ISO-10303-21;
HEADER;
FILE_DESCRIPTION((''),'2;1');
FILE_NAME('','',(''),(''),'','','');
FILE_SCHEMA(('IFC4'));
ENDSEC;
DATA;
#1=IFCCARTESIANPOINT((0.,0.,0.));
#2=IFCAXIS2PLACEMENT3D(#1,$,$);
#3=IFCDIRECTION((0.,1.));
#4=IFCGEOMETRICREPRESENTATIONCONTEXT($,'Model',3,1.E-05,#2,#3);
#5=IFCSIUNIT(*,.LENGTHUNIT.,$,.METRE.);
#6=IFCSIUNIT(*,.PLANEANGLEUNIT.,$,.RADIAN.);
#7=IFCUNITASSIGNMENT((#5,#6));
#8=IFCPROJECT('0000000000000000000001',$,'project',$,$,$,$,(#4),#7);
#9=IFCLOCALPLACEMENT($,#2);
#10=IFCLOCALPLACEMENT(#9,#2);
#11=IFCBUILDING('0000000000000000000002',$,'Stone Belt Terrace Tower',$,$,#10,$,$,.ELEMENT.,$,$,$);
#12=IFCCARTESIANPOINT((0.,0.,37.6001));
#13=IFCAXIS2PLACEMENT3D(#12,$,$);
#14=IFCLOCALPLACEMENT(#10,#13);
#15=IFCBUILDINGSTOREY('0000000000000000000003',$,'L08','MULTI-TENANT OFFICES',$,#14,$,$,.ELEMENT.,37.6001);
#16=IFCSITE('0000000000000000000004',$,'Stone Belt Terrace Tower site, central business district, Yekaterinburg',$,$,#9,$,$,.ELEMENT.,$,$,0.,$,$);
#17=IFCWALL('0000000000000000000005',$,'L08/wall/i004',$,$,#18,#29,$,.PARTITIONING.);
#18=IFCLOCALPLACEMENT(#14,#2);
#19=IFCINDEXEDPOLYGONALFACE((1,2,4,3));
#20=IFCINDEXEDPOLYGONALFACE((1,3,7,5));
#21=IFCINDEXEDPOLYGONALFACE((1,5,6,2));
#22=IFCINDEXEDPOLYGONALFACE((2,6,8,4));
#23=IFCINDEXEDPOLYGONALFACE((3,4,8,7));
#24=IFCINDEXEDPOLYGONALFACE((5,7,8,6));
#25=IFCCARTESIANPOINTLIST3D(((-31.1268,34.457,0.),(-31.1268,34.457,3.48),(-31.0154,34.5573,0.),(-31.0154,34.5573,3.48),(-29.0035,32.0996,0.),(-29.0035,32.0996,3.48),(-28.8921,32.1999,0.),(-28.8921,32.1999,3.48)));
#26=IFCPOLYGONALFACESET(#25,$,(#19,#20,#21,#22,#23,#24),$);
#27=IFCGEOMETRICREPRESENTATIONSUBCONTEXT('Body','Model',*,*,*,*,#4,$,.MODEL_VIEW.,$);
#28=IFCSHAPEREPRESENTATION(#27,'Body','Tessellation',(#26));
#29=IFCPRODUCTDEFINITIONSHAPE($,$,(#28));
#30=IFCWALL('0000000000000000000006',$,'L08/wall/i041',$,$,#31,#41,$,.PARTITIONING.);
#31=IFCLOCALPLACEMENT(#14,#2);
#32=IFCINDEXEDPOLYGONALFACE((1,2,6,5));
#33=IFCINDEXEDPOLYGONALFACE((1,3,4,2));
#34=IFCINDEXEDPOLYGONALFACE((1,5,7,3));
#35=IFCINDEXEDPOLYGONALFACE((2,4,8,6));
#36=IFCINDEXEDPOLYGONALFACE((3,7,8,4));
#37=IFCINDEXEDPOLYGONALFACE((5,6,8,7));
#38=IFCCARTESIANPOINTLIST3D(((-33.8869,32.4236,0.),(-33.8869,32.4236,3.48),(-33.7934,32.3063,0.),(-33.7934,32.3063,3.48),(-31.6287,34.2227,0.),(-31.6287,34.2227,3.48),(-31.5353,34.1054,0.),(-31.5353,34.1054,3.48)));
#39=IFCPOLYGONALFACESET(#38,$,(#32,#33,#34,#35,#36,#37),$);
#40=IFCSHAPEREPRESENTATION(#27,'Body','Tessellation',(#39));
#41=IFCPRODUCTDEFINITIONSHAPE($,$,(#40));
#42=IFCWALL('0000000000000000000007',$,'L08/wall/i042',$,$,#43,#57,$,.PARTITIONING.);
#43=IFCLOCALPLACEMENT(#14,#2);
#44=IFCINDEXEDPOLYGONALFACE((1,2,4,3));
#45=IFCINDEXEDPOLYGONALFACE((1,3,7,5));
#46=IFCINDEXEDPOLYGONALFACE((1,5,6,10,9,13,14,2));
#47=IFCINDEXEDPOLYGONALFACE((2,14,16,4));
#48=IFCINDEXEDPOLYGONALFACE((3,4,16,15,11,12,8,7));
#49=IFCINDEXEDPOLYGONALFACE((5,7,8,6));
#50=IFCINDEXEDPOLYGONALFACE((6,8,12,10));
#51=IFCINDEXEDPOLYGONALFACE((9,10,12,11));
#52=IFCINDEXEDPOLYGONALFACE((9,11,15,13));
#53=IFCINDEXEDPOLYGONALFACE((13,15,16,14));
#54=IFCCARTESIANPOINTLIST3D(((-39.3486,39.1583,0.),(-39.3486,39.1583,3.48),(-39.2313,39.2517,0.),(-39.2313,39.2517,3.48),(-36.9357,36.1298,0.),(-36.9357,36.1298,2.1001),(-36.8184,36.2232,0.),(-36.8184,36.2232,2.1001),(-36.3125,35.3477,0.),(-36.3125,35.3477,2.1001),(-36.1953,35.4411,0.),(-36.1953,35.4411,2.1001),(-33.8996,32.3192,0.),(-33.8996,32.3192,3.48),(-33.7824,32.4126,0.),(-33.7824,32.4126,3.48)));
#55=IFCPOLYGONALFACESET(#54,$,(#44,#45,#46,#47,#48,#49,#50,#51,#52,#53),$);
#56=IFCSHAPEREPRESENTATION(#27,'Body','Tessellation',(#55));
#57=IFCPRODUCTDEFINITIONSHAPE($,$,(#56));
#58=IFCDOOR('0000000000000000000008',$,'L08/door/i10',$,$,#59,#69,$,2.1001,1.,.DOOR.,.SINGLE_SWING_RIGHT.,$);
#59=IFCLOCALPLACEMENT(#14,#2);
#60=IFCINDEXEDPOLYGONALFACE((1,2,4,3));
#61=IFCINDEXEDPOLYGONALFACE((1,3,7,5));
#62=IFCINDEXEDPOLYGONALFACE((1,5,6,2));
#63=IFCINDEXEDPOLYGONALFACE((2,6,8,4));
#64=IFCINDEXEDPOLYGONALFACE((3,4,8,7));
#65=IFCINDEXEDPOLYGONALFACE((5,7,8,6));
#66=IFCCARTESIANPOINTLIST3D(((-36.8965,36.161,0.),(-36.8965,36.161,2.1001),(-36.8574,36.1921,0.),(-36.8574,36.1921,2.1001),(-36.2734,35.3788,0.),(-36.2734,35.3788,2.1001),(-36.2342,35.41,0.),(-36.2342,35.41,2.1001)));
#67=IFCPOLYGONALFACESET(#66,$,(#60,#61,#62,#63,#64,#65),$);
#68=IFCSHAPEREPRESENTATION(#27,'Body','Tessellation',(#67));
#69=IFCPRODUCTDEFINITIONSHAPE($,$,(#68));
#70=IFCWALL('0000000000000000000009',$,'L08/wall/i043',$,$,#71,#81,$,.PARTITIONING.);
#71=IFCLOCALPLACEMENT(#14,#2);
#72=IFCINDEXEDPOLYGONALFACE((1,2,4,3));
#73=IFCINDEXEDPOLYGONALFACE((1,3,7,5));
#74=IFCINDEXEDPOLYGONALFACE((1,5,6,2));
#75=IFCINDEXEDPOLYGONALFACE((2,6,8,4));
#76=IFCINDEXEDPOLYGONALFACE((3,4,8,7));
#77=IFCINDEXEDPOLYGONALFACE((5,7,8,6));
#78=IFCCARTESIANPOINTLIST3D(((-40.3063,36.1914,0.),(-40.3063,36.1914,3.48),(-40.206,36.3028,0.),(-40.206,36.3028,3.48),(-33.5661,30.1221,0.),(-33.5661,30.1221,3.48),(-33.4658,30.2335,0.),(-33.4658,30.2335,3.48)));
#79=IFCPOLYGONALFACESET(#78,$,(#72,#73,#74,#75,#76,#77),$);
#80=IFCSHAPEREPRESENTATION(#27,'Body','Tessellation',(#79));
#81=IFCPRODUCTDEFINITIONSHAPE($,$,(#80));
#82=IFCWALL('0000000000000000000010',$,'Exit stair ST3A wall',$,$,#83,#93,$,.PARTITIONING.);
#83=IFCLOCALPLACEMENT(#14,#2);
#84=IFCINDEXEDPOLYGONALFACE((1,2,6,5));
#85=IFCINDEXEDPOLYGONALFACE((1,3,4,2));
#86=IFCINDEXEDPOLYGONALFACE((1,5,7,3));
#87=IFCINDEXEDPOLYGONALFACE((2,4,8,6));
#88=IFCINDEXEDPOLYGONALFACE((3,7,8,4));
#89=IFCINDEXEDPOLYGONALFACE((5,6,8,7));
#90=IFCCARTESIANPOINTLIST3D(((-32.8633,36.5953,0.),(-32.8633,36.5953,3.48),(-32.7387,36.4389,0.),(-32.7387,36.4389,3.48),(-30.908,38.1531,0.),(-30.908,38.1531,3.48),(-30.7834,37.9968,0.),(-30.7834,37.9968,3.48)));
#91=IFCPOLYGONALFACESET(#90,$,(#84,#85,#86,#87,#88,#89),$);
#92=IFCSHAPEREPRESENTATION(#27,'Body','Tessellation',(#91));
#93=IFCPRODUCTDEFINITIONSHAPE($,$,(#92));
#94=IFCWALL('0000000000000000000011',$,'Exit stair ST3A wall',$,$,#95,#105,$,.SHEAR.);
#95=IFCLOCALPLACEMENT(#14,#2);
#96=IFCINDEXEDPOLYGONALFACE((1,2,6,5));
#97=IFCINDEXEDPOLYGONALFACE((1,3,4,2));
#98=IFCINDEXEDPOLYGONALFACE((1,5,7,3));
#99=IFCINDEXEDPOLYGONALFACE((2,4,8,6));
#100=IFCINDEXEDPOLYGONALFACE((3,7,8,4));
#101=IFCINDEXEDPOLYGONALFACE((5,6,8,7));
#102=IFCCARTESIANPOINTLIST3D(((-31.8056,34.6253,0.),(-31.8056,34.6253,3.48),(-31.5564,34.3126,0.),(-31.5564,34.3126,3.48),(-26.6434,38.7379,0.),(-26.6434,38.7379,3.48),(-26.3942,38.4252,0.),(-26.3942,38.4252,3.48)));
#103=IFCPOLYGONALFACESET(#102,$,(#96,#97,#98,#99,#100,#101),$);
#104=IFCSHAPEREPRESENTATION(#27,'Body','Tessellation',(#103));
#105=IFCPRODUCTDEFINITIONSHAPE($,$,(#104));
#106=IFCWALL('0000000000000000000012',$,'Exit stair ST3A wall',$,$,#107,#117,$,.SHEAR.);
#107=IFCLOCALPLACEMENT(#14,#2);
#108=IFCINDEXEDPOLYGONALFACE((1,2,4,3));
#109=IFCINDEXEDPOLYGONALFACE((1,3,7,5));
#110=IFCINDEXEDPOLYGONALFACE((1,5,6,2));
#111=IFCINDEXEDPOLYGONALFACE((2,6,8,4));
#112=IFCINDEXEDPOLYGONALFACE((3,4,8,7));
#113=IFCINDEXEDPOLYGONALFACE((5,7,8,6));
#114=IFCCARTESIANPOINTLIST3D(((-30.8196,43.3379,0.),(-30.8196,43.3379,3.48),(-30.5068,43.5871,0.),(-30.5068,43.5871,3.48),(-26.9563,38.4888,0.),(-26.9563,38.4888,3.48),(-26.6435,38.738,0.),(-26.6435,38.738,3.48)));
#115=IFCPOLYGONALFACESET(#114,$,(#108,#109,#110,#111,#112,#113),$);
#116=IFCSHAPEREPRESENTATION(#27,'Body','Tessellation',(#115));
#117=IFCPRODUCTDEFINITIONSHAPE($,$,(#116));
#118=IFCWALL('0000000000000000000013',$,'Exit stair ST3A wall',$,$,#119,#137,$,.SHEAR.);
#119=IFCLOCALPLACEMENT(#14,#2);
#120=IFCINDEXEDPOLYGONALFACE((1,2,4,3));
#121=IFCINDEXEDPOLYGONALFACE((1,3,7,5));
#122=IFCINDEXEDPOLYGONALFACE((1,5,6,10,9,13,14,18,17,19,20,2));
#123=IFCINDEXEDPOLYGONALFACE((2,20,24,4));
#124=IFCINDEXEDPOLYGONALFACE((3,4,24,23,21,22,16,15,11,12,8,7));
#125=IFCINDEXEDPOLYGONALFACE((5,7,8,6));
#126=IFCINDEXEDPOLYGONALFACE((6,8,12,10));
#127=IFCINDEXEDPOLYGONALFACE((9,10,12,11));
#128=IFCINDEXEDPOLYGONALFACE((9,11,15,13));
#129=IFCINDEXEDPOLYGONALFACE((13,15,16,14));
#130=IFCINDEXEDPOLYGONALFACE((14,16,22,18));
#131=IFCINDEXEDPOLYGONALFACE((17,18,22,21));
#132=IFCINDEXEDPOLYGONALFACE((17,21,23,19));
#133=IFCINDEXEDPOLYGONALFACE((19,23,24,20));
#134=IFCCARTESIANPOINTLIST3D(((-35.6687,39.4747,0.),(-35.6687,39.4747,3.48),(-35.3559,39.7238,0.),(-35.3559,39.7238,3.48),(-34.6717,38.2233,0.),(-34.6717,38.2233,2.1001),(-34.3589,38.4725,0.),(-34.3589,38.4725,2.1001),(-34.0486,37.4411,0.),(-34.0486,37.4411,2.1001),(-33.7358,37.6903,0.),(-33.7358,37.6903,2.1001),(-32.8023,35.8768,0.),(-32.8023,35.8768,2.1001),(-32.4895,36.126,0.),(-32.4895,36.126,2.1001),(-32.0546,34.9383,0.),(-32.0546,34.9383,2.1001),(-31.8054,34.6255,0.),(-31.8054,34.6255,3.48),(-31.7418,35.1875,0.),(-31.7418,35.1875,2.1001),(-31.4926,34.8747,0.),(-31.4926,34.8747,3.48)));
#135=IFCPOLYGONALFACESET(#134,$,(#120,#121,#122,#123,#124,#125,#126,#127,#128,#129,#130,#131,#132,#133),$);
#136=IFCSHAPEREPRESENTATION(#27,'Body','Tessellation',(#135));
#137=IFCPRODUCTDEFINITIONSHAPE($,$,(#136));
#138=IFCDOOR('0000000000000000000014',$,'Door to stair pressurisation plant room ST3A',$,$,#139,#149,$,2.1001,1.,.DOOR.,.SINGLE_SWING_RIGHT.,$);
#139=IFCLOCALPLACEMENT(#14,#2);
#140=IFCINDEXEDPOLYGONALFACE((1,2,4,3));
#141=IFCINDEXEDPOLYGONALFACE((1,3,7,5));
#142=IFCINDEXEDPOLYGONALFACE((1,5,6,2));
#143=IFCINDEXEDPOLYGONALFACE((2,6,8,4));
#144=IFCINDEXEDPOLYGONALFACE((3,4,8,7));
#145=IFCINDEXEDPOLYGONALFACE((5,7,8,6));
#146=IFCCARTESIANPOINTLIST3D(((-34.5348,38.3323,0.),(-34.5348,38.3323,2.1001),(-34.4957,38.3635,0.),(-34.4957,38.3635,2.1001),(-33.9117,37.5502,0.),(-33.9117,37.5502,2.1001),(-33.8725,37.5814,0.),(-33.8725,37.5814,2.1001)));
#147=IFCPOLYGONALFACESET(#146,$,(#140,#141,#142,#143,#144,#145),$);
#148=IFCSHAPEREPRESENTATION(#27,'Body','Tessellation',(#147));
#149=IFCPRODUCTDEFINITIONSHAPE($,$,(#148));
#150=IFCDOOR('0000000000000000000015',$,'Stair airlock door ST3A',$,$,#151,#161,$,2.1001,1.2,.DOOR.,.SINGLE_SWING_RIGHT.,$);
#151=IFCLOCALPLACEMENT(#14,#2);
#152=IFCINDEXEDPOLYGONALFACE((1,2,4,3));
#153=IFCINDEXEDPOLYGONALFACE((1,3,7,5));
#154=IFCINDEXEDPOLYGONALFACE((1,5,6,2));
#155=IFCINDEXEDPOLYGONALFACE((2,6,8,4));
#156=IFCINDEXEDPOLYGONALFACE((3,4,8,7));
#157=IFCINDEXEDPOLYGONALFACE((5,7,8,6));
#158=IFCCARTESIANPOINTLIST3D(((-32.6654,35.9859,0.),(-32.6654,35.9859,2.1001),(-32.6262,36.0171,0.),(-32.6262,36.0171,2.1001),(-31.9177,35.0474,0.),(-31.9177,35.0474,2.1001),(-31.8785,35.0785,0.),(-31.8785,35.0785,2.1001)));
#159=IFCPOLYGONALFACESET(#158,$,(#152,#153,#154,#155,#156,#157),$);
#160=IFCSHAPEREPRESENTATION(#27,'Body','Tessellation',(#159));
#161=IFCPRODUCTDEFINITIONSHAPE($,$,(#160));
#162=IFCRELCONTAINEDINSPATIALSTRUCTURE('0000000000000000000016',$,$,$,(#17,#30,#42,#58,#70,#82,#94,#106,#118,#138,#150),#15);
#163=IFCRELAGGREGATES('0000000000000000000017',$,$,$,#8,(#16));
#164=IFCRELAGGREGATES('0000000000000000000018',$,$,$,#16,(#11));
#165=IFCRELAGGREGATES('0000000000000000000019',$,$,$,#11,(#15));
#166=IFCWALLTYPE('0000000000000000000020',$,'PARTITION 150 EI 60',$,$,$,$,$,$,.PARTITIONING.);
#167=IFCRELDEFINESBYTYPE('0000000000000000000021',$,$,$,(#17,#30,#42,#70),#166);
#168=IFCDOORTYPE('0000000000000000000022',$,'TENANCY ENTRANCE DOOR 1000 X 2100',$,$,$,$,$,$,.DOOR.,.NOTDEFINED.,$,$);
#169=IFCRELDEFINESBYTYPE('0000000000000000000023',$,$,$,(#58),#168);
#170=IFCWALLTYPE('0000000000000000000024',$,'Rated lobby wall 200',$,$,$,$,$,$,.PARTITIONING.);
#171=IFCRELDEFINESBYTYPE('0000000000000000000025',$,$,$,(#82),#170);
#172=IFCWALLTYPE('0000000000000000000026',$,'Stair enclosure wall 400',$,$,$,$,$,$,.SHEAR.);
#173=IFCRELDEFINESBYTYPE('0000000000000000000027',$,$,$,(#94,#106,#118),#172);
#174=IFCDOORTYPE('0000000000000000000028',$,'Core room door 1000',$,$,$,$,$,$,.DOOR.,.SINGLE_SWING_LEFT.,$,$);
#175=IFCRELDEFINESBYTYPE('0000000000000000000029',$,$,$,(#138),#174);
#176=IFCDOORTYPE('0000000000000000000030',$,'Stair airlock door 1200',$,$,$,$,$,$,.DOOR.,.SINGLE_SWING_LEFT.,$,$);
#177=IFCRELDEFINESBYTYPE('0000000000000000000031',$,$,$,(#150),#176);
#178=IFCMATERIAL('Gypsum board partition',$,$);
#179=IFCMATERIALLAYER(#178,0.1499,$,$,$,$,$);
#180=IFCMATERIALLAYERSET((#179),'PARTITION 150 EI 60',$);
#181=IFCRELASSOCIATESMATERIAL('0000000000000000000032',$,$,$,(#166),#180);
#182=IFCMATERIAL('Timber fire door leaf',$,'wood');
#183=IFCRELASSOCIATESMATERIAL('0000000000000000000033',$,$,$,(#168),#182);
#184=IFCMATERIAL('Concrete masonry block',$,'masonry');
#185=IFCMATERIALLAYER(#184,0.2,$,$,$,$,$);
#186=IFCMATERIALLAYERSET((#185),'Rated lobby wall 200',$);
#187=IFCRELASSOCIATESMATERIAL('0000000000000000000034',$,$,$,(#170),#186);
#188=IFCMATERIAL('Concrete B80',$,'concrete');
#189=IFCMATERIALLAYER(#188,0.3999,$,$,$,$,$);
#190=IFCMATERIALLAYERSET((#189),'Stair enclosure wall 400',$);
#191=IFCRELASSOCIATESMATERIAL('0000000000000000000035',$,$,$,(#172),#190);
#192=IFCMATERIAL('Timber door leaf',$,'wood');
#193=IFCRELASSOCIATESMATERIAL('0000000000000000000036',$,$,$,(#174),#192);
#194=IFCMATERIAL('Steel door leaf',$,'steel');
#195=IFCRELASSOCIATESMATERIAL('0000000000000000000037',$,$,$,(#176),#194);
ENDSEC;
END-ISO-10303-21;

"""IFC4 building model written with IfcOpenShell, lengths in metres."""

from ifc_helpers import new_model, si_unit, direction, frame, frame_2d, origin, place, context, subcontext, project, spatial, rectangle, extrude, material, layer, layer_set, type_object, element, fill, save


model = new_model("IFC4")

# Units and contexts
model_context = context("Model", 3, precision=1e-05, world=origin(), true_north=direction((0.0, 1.0)))
body_context = subcontext(model_context, "Body", "Model", "MODEL_VIEW")
ifc_project = project(units=[si_unit("LENGTHUNIT", "METRE"), si_unit("PLANEANGLEUNIT", "RADIAN")], contexts=[model_context])

# Site, building, storey
site_placement = place(None, origin())
site = spatial("IfcSite", under=ifc_project, at=site_placement, Name="Stone Belt Terrace Tower site, central business district, Yekaterinburg", CompositionType="ELEMENT", RefElevation=0.0)
building_placement = place(site_placement, origin())
building = spatial("IfcBuilding", under=site, at=building_placement, Name="Stone Belt Terrace Tower", CompositionType="ELEMENT")
storey_placement = place(building_placement, frame((0.0, 0.0, 37.6001)))
storey = spatial("IfcBuildingStorey", under=building, at=storey_placement, Name="L08", Description="MULTI-TENANT OFFICES", CompositionType="ELEMENT", Elevation=37.6001)

# Shared definitions
ifc_material_1 = material(Name="Concrete B80", Category="concrete")

# Walls
ifc_material_2 = material(Name="Gypsum board partition")
ifc_layer_1 = layer(ifc_material_2, 0.1499)
ifc_layer_set_1 = layer_set([ifc_layer_1], Name="PARTITION 150 EI 60")
wall_type_1 = type_object("IfcWallType", Name="PARTITION 150 EI 60", PredefinedType="PARTITIONING", material=ifc_layer_set_1)
wall_1_placement = place(storey_placement, frame((-28.9478, 32.1497, 0.0), z_axis=(0.0, 0.0, 1.0), x_axis=(-0.669245, 0.743042, 0.0)))
element("IfcWall", 1, at=wall_1_placement, inside=storey, type_object=wall_type_1, Name="L08/wall/i004", PredefinedType="PARTITIONING", context=body_context, shape_type="SweptSolid", body=[
    extrude(rectangle(XDim=3.1726, YDim=0.1499, at=frame_2d((1.5864, 0.0))), origin(), (0.0, 0.0, 1.0), 3.48),
])
wall_2_placement = place(storey_placement, frame((-31.582, 34.1641, 0.0), z_axis=(0.0, 0.0, 1.0), x_axis=(-0.782113, -0.623137, 0.0)))
element("IfcWall", 2, at=wall_2_placement, inside=storey, type_object=wall_type_1, Name="L08/wall/i041", PredefinedType="PARTITIONING", context=body_context, shape_type="SweptSolid", body=[
    extrude(rectangle(XDim=2.8872, YDim=0.1499, at=frame_2d((1.4436, 0.0))), origin(), (0.0, 0.0, 1.0), 3.48),
])

# Wall, opening, door
wall_3_placement = place(storey_placement, frame((-33.8411, 32.366, 0.0), z_axis=(0.0, 0.0, 1.0), x_axis=(-0.623138, 0.782112, 0.0)))
wall_3 = element("IfcWall", 3, at=wall_3_placement, inside=storey, type_object=wall_type_1, Name="L08/wall/i042", PredefinedType="PARTITIONING", context=body_context, shape_type="SweptSolid", body=[
    extrude(rectangle(XDim=8.7444, YDim=0.1499, at=frame_2d((4.3721, 0.0))), origin(), (0.0, 0.0, 1.0), 3.48),
])
opening_1_placement = place(wall_3_placement, frame((3.8721, 0.0, 0.0)))
opening_1 = element("IfcOpeningElement", 4, at=opening_1_placement, cuts=wall_3, PredefinedType="OPENING", context=body_context, shape_type="SweptSolid", body=[
    extrude(rectangle(XDim=1.0, YDim=2.1001, at=frame_2d((0.5, 1.05))), frame((0.0, 0.085, 0.0), z_axis=(0.0, -1.0, 0.0), x_axis=(1.0, 0.0, 0.0)), (0.0, 0.0, 1.0), 0.1699),
])
ifc_material_3 = material(Name="Timber fire door leaf", Category="wood")
door_type_1 = type_object("IfcDoorType", Name="TENANCY ENTRANCE DOOR 1000 X 2100", OperationType="NOTDEFINED", PredefinedType="DOOR", material=ifc_material_3)
door_1_placement = place(opening_1_placement, origin())
door_1 = element("IfcDoor", 5, at=door_1_placement, inside=storey, type_object=door_type_1, Name="L08/door/i10", OperationType="SINGLE_SWING_RIGHT", OverallHeight=2.1001, OverallWidth=1.0, PredefinedType="DOOR", context=body_context, shape_type="SweptSolid", body=[
    extrude(rectangle(XDim=1.0, YDim=2.1001, at=frame_2d((0.5, 1.05))), frame((0.0, 0.0249, 0.0), z_axis=(0.0, -1.0, 0.0), x_axis=(1.0, 0.0, 0.0)), (0.0, 0.0, 1.0), 0.05),
])
fill(opening_1, door_1)

# Walls
wall_4_placement = place(storey_placement, frame((-33.5159, 30.1777, 0.0), z_axis=(0.0, 0.0, 1.0), x_axis=(-0.743123, 0.669155, 0.0)))
element("IfcWall", 6, at=wall_4_placement, inside=storey, type_object=wall_type_1, Name="L08/wall/i043", PredefinedType="PARTITIONING", context=body_context, shape_type="SweptSolid", body=[
    extrude(rectangle(XDim=9.0701, YDim=0.1499, at=frame_2d((4.5352, 0.0))), origin(), (0.0, 0.0, 1.0), 3.48),
])
ifc_material_4 = material(Name="Concrete masonry block", Category="masonry")
ifc_layer_2 = layer(ifc_material_4, 0.2)
ifc_layer_set_2 = layer_set([ifc_layer_2], Name="Rated lobby wall 200")
wall_type_2 = type_object("IfcWallType", Name="Rated lobby wall 200", PredefinedType="PARTITIONING", material=ifc_layer_set_2)
wall_5_placement = place(storey_placement, frame((-30.8457, 38.075, 0.0), z_axis=(0.0, 0.0, 1.0), x_axis=(-0.782115, -0.623134, 0.0)))
element("IfcWall", 7, at=wall_5_placement, inside=storey, type_object=wall_type_2, Name="Exit stair ST3A wall", PredefinedType="PARTITIONING", context=body_context, shape_type="SweptSolid", body=[
    extrude(rectangle(XDim=2.5, YDim=0.2, at=frame_2d((1.25, 0.0))), origin(), (0.0, 0.0, 1.0), 3.48),
])
ifc_layer_3 = layer(ifc_material_1, 0.3999)
ifc_layer_set_3 = layer_set([ifc_layer_3], Name="Stair enclosure wall 400")
wall_type_3 = type_object("IfcWallType", Name="Stair enclosure wall 400", PredefinedType="SHEAR", material=ifc_layer_set_3)
wall_6_placement = place(storey_placement, frame((-26.5188, 38.5815, 0.0), z_axis=(0.0, 0.0, 1.0), x_axis=(-0.782134, -0.62311, 0.0)))
element("IfcWall", 8, at=wall_6_placement, inside=storey, type_object=wall_type_3, Name="Exit stair ST3A wall", PredefinedType="SHEAR", context=body_context, shape_type="SweptSolid", body=[
    extrude(rectangle(XDim=6.6001, YDim=0.3999, at=frame_2d((3.3, 0.0))), origin(), (0.0, 0.0, 1.0), 3.48),
])
wall_7_placement = place(storey_placement, frame((-26.7998, 38.6133, 0.0), z_axis=(0.0, 0.0, 1.0), x_axis=(-0.623119, 0.782127, 0.0)))
element("IfcWall", 9, at=wall_7_placement, inside=storey, type_object=wall_type_3, Name="Exit stair ST3A wall", PredefinedType="SHEAR", context=body_context, shape_type="SweptSolid", body=[
    extrude(rectangle(XDim=6.2, YDim=0.3999, at=frame_2d((3.1001, 0.0))), origin(), (0.0, 0.0, 1.0), 3.48),
])

# Wall, openings, doors
wall_8_placement = place(storey_placement, frame((-31.6489, 34.75, 0.0), z_axis=(0.0, 0.0, 1.0), x_axis=(-0.623119, 0.782127, 0.0)))
wall_8 = element("IfcWall", 10, at=wall_8_placement, inside=storey, type_object=wall_type_3, Name="Exit stair ST3A wall", PredefinedType="SHEAR", context=body_context, shape_type="SweptSolid", body=[
    extrude(rectangle(XDim=6.2, YDim=0.3999, at=frame_2d((3.1001, 0.0))), origin(), (0.0, 0.0, 1.0), 3.48),
])
opening_2_placement = place(wall_8_placement, frame((0.3999, 0.0, 0.0)))
opening_2 = element("IfcOpeningElement", 11, at=opening_2_placement, cuts=wall_8, PredefinedType="OPENING", context=body_context, shape_type="SweptSolid", body=[
    extrude(rectangle(XDim=1.2, YDim=2.1001, at=frame_2d((0.6001, 1.05))), frame((0.0, 0.21, 0.0), z_axis=(0.0, -1.0, 0.0), x_axis=(1.0, 0.0, 0.0)), (0.0, 0.0, 1.0), 0.4199),
])
opening_3_placement = place(wall_8_placement, frame((3.6001, 0.0, 0.0)))
opening_3 = element("IfcOpeningElement", 12, at=opening_3_placement, cuts=wall_8, PredefinedType="OPENING", context=body_context, shape_type="SweptSolid", body=[
    extrude(rectangle(XDim=1.0, YDim=2.1001, at=frame_2d((0.5, 1.05))), frame((0.0, 0.21, 0.0), z_axis=(0.0, -1.0, 0.0), x_axis=(1.0, 0.0, 0.0)), (0.0, 0.0, 1.0), 0.4199),
])
ifc_material_5 = material(Name="Timber door leaf", Category="wood")
door_type_2 = type_object("IfcDoorType", Name="Core room door 1000", OperationType="SINGLE_SWING_LEFT", PredefinedType="DOOR", material=ifc_material_5)
door_2_placement = place(opening_3_placement, origin())
door_2 = element("IfcDoor", 13, at=door_2_placement, inside=storey, type_object=door_type_2, Name="Door to stair pressurisation plant room ST3A", OperationType="SINGLE_SWING_RIGHT", OverallHeight=2.1001, OverallWidth=1.0, PredefinedType="DOOR", context=body_context, shape_type="SweptSolid", body=[
    extrude(rectangle(XDim=1.0, YDim=2.1001, at=frame_2d((0.5, 1.05))), frame((0.0, 0.0249, 0.0), z_axis=(0.0, -1.0, 0.0), x_axis=(1.0, 0.0, 0.0)), (0.0, 0.0, 1.0), 0.05),
])
fill(opening_3, door_2)
ifc_material_6 = material(Name="Steel door leaf", Category="steel")
door_type_3 = type_object("IfcDoorType", Name="Stair airlock door 1200", OperationType="SINGLE_SWING_LEFT", PredefinedType="DOOR", material=ifc_material_6)
door_3_placement = place(opening_2_placement, origin())
door_3 = element("IfcDoor", 14, at=door_3_placement, inside=storey, type_object=door_type_3, Name="Stair airlock door ST3A", OperationType="SINGLE_SWING_RIGHT", OverallHeight=2.1001, OverallWidth=1.2, PredefinedType="DOOR", context=body_context, shape_type="SweptSolid", body=[
    extrude(rectangle(XDim=1.2, YDim=2.1001, at=frame_2d((0.6001, 1.05))), frame((0.0, 0.0249, 0.0), z_axis=(0.0, -1.0, 0.0), x_axis=(1.0, 0.0, 0.0)), (0.0, 0.0, 1.0), 0.05),
])
fill(opening_2, door_3)

save(model, "model.ifc")
